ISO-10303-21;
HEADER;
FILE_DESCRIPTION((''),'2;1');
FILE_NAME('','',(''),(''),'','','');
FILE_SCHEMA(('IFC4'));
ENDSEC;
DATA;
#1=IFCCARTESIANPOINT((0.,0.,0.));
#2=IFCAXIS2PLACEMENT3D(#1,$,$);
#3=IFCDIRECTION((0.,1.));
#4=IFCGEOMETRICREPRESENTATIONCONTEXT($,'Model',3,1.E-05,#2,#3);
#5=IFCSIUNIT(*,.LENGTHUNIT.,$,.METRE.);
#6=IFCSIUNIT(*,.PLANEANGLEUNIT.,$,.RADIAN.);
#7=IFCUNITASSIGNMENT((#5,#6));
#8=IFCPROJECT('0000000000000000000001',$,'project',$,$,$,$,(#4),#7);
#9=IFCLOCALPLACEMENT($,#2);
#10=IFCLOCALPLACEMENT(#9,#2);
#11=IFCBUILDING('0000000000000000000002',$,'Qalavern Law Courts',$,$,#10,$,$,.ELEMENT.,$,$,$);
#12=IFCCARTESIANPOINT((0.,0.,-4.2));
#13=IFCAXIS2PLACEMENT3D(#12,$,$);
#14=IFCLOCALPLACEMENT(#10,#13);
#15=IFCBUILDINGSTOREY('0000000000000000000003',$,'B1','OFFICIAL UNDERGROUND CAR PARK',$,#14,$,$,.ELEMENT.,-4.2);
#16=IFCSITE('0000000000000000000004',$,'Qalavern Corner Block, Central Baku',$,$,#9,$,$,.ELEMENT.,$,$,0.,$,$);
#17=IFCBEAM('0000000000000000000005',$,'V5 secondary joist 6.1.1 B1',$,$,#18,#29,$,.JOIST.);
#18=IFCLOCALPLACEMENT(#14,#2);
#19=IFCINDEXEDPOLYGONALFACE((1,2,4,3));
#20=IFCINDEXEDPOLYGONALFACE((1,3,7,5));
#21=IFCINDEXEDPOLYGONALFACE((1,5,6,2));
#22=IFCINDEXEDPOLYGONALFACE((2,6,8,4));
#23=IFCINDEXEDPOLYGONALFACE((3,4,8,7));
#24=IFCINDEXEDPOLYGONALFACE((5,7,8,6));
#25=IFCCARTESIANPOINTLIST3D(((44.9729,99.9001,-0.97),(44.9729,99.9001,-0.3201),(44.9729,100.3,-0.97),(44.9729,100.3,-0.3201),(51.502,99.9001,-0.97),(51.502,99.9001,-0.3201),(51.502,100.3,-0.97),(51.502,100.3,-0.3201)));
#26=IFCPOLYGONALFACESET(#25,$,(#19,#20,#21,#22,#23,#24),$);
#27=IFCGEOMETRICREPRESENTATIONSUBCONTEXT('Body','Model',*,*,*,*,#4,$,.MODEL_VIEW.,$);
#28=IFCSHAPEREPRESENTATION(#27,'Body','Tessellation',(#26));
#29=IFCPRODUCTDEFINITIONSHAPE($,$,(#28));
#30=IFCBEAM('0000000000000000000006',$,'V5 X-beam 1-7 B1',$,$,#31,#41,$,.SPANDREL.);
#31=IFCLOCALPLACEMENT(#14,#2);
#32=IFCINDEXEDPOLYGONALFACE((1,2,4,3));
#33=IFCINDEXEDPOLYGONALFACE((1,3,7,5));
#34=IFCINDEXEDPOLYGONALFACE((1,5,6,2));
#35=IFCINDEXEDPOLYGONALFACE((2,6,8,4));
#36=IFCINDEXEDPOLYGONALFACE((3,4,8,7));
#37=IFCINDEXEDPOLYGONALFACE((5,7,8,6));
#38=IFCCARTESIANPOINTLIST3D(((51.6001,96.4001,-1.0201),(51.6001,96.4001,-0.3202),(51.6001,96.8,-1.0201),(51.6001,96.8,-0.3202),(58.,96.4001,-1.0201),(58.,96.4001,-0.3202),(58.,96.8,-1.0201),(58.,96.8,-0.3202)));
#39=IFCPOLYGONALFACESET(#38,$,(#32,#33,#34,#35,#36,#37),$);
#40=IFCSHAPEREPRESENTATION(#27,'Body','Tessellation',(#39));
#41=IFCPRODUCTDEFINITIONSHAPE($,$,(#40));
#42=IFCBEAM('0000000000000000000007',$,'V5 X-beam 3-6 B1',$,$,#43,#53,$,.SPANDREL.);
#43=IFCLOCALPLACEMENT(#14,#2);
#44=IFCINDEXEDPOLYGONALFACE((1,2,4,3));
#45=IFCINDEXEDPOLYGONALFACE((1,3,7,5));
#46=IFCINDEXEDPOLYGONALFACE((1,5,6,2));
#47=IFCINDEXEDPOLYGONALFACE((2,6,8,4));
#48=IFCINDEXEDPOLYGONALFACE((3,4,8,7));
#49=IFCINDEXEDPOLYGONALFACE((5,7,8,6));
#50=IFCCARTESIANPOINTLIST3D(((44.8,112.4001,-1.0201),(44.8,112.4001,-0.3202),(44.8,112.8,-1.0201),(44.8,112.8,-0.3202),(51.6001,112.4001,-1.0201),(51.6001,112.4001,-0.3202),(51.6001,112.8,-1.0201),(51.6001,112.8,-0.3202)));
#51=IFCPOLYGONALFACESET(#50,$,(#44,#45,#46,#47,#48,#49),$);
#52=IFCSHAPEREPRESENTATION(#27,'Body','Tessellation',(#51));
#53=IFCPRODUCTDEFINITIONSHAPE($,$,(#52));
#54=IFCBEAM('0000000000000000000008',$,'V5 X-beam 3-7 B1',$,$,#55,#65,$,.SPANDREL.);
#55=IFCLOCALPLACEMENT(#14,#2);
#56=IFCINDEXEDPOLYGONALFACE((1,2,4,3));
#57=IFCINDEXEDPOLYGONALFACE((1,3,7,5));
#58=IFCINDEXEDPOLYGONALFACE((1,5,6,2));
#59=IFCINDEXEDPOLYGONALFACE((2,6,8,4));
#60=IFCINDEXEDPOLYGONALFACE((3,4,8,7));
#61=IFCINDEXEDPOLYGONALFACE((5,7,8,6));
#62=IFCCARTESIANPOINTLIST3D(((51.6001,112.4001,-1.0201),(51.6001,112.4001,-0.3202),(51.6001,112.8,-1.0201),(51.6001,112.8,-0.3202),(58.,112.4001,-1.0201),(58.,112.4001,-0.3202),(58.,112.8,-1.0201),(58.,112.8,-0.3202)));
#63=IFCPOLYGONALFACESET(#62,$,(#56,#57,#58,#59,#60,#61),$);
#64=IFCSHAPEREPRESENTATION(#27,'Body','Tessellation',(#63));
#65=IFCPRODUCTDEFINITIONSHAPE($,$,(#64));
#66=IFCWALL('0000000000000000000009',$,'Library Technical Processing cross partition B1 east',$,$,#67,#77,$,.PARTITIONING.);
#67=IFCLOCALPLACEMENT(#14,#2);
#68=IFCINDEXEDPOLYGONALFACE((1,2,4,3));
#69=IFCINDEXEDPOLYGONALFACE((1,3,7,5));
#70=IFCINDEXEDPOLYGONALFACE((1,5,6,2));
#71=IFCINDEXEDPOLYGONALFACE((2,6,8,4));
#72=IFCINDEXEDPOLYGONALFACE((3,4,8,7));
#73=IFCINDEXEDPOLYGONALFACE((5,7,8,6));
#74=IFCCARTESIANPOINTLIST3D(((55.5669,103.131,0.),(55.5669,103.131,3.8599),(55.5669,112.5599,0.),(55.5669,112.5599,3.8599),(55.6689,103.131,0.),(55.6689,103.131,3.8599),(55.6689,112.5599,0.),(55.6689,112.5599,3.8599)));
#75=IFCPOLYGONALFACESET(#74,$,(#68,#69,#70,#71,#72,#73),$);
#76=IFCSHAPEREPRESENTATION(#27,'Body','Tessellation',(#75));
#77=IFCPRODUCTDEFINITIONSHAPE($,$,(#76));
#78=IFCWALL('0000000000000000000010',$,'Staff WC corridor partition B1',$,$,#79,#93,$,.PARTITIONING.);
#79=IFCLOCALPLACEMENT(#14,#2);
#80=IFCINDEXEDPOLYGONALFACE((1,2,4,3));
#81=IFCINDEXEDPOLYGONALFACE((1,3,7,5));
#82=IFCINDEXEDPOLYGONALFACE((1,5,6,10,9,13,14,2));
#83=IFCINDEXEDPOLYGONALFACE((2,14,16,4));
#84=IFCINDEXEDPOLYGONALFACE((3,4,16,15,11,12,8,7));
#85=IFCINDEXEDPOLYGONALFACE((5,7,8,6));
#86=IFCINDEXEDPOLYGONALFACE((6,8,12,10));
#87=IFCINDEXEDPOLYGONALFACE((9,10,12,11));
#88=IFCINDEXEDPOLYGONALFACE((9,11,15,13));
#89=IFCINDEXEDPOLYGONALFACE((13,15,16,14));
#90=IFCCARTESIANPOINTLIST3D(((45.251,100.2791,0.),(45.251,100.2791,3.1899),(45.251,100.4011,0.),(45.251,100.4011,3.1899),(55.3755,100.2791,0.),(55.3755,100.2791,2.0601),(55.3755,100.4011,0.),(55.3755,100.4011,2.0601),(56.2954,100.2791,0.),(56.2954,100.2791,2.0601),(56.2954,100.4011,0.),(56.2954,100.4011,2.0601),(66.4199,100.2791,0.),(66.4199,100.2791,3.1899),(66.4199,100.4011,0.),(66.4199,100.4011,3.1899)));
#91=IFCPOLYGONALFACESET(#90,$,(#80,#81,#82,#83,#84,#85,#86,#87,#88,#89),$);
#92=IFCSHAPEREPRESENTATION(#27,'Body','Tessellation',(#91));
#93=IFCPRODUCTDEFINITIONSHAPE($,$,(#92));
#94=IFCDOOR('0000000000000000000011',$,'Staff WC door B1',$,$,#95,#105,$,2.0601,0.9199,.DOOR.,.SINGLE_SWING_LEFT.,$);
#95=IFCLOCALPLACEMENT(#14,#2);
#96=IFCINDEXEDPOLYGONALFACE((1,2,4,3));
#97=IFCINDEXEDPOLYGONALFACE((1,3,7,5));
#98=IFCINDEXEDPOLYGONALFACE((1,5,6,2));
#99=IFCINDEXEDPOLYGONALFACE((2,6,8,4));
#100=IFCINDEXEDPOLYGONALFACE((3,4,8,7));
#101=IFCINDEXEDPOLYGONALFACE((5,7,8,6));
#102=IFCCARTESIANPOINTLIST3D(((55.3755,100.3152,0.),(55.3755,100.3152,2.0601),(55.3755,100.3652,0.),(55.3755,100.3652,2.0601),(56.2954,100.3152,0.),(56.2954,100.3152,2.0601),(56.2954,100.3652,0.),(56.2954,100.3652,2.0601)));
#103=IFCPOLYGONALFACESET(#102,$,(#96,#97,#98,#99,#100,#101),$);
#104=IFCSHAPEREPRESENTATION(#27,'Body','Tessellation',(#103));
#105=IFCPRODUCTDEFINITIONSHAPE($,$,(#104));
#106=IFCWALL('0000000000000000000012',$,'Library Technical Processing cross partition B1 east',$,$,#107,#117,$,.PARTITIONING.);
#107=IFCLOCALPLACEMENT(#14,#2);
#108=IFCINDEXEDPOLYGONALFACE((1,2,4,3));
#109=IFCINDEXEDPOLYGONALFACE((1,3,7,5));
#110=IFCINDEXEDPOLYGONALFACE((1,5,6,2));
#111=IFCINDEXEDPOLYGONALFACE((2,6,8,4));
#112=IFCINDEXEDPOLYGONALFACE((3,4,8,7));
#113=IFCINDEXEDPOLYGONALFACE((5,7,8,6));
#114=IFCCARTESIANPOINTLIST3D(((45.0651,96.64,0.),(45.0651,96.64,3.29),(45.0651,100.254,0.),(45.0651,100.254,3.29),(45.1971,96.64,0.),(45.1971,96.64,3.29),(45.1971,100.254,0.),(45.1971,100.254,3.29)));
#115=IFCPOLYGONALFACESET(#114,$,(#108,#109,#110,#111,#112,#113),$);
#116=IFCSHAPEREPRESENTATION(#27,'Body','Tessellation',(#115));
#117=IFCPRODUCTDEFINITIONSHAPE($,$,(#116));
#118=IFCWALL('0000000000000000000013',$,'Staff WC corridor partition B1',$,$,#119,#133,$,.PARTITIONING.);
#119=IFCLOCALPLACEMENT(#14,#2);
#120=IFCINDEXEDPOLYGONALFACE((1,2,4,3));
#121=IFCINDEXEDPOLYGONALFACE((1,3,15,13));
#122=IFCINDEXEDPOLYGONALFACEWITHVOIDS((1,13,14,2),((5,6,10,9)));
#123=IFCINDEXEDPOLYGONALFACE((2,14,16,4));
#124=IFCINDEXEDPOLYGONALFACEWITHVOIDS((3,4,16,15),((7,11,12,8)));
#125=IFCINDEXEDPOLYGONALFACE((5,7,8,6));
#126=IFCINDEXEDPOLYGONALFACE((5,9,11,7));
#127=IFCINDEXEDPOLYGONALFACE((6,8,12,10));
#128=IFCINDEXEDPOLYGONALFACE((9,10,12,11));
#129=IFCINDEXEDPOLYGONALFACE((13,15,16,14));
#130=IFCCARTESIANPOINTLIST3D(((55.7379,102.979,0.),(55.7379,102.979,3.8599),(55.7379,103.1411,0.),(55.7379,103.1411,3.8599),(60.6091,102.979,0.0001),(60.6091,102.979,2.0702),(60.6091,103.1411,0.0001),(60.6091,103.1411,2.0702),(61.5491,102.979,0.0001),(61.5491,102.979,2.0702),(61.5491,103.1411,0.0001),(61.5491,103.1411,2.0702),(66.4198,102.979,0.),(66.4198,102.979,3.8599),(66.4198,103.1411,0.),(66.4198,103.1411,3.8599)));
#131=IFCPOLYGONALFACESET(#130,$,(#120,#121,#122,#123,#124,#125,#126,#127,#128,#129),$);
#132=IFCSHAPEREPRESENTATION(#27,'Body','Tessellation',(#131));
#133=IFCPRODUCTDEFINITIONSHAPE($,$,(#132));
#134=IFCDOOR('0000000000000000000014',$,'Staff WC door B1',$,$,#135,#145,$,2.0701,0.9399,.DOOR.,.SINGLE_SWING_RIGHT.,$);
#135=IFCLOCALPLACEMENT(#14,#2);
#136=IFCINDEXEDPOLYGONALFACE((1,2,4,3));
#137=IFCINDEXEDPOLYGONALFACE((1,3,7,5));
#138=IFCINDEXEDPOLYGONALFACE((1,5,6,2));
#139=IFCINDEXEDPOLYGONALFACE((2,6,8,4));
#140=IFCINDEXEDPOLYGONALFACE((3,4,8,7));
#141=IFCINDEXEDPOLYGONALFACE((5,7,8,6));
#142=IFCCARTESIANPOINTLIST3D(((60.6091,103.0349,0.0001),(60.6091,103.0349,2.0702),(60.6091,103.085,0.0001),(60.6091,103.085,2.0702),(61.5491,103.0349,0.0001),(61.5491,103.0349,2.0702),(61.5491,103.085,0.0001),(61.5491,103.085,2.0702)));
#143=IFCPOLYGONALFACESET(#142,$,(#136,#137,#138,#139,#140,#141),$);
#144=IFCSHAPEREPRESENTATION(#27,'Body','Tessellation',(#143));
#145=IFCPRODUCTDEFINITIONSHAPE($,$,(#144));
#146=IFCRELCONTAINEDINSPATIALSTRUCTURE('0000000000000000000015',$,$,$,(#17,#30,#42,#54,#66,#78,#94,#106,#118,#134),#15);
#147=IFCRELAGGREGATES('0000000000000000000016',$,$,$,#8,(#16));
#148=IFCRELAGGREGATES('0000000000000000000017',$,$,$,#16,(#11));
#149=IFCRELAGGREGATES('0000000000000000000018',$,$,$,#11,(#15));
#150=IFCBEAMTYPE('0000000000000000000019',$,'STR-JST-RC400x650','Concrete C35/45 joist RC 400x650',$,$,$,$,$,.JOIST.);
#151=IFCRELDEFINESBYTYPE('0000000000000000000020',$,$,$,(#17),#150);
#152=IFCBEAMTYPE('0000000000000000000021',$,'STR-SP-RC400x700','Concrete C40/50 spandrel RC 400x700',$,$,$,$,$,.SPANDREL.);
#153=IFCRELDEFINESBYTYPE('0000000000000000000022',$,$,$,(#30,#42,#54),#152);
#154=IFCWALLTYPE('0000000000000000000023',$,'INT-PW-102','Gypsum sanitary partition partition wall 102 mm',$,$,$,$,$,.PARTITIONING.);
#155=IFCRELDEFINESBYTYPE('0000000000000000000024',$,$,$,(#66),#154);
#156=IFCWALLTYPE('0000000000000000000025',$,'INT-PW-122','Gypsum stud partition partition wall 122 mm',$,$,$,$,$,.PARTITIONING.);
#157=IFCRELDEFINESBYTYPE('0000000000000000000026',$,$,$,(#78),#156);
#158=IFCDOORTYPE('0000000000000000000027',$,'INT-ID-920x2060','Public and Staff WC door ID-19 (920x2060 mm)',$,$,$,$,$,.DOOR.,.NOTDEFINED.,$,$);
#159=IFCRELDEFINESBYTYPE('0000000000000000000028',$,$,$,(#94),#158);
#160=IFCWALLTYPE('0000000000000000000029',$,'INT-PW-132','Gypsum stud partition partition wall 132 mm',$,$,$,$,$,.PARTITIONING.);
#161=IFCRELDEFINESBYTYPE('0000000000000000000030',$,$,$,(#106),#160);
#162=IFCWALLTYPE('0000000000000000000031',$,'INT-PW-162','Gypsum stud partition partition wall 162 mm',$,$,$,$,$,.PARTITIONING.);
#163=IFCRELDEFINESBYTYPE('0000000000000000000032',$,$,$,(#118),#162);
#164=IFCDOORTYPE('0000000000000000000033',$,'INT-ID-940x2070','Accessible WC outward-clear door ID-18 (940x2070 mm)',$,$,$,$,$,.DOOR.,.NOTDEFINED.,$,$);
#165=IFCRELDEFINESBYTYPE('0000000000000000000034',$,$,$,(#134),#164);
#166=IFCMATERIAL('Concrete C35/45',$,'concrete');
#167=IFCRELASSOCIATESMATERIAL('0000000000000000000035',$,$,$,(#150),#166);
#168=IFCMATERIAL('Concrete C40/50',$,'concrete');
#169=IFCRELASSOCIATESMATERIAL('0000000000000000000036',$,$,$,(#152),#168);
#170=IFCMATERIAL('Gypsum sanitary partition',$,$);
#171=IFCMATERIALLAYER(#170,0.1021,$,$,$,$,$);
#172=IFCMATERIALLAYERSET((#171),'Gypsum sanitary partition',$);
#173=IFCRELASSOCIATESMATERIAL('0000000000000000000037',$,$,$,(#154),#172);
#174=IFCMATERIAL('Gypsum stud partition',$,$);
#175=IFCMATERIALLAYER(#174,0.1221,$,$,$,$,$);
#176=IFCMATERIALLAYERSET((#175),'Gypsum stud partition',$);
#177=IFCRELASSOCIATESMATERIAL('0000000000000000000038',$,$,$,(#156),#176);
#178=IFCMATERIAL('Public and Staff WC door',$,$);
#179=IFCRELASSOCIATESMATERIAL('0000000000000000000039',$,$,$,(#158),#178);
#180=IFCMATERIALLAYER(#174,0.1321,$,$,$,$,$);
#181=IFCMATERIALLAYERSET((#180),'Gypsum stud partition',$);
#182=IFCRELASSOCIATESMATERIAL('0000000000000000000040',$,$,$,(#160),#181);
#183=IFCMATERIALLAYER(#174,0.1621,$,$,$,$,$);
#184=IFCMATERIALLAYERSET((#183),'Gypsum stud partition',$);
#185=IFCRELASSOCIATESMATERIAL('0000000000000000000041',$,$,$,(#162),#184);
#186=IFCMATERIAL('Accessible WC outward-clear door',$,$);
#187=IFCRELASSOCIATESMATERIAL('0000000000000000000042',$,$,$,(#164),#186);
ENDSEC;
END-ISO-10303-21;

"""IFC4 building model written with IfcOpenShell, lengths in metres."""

from ifc_helpers import new_model, si_unit, direction, frame, frame_2d, origin, origin_2d, place, context, subcontext, project, spatial, rectangle, extrude, material, layer, layer_set, material_profile, profile_set, type_object, element, fill, save


model = new_model("IFC4")

# Units and contexts
model_context = context("Model", 3, precision=1e-05, world=origin(), true_north=direction((0.0, 1.0)))
body_context = subcontext(model_context, "Body", "Model", "MODEL_VIEW")
ifc_project = project(units=[si_unit("LENGTHUNIT", "METRE"), si_unit("PLANEANGLEUNIT", "RADIAN")], contexts=[model_context])

# Site, building, storey
site_placement = place(None, origin())
site = spatial("IfcSite", under=ifc_project, at=site_placement, Name="Qalavern Corner Block, Central Baku", CompositionType="ELEMENT", RefElevation=0.0)
building_placement = place(site_placement, origin())
building = spatial("IfcBuilding", under=site, at=building_placement, Name="Qalavern Law Courts", CompositionType="ELEMENT")
storey_placement = place(building_placement, frame((0.0, 0.0, -4.2)))
storey = spatial("IfcBuildingStorey", under=building, at=storey_placement, Name="B1", Description="OFFICIAL UNDERGROUND CAR PARK", CompositionType="ELEMENT", Elevation=-4.2)

# Beams
ifc_material_1 = material(Name="Concrete C35/45", Category="concrete")
ifc_material_profile_1 = material_profile(ifc_material_1, rectangle(XDim=0.3999, YDim=0.6499, at=origin_2d()), Name="RC 400x650")
ifc_profile_set_1 = profile_set([ifc_material_profile_1], Name="Concrete C35/45")
beam_type_1 = type_object("IfcBeamType", Name="STR-JST-RC400x650", Description="Concrete C35/45 joist RC 400x650", PredefinedType="JOIST", material=ifc_profile_set_1)
beam_1_placement = place(storey_placement, frame((44.9729, 100.1001, -0.645), z_axis=(1.0, 0.0, 0.0), x_axis=(0.0, 1.0, 0.0)))
element("IfcBeam", 1, at=beam_1_placement, inside=storey, type_object=beam_type_1, Name="V5 secondary joist 6.1.1 B1", PredefinedType="JOIST", context=body_context, shape_type="SweptSolid", body=[
    extrude(rectangle(XDim=0.3999, YDim=0.6499, at=origin_2d()), origin(), (0.0, 0.0, 1.0), 6.5291),
])
ifc_material_2 = material(Name="Concrete C40/50", Category="concrete")
ifc_material_profile_2 = material_profile(ifc_material_2, rectangle(XDim=0.3999, YDim=0.7, at=origin_2d()), Name="RC 400x700")
ifc_profile_set_2 = profile_set([ifc_material_profile_2], Name="Concrete C40/50")
beam_type_2 = type_object("IfcBeamType", Name="STR-SP-RC400x700", Description="Concrete C40/50 spandrel RC 400x700", PredefinedType="SPANDREL", material=ifc_profile_set_2)
beam_2_placement = place(storey_placement, frame((51.6001, 96.6001, -0.6702), z_axis=(1.0, 0.0, 0.0), x_axis=(0.0, 1.0, 0.0)))
element("IfcBeam", 2, at=beam_2_placement, inside=storey, type_object=beam_type_2, Name="V5 X-beam 1-7 B1", PredefinedType="SPANDREL", context=body_context, shape_type="SweptSolid", body=[
    extrude(rectangle(XDim=0.3999, YDim=0.7, at=origin_2d()), origin(), (0.0, 0.0, 1.0), 6.3999),
])
beam_3_placement = place(storey_placement, frame((44.8, 112.6001, -0.6702), z_axis=(1.0, 0.0, 0.0), x_axis=(0.0, 1.0, 0.0)))
element("IfcBeam", 3, at=beam_3_placement, inside=storey, type_object=beam_type_2, Name="V5 X-beam 3-6 B1", PredefinedType="SPANDREL", context=body_context, shape_type="SweptSolid", body=[
    extrude(rectangle(XDim=0.3999, YDim=0.7, at=origin_2d()), origin(), (0.0, 0.0, 1.0), 6.8),
])
beam_4_placement = place(storey_placement, frame((51.6001, 112.6001, -0.6702), z_axis=(1.0, 0.0, 0.0), x_axis=(0.0, 1.0, 0.0)))
element("IfcBeam", 4, at=beam_4_placement, inside=storey, type_object=beam_type_2, Name="V5 X-beam 3-7 B1", PredefinedType="SPANDREL", context=body_context, shape_type="SweptSolid", body=[
    extrude(rectangle(XDim=0.3999, YDim=0.7, at=origin_2d()), origin(), (0.0, 0.0, 1.0), 6.3999),
])

# Wall
ifc_material_3 = material(Name="Gypsum sanitary partition")
ifc_layer_1 = layer(ifc_material_3, 0.1021)
ifc_layer_set_1 = layer_set([ifc_layer_1], Name="Gypsum sanitary partition")
wall_type_1 = type_object("IfcWallType", Name="INT-PW-102", Description="Gypsum sanitary partition partition wall 102 mm", PredefinedType="PARTITIONING", material=ifc_layer_set_1)
wall_1_placement = place(storey_placement, frame((55.6179, 103.1311, 0.0), z_axis=(0.0, 0.0, 1.0), x_axis=(0.0, 1.0, 0.0)))
element("IfcWall", 5, at=wall_1_placement, inside=storey, type_object=wall_type_1, Name="Library Technical Processing cross partition B1 east", PredefinedType="PARTITIONING", context=body_context, shape_type="SweptSolid", body=[
    extrude(rectangle(XDim=9.429, YDim=0.1021, at=frame_2d((4.7144, 0.0))), origin(), (0.0, 0.0, 1.0), 3.8599),
])

# Wall, opening, door
ifc_material_4 = material(Name="Gypsum stud partition")
ifc_layer_2 = layer(ifc_material_4, 0.1221)
ifc_layer_set_2 = layer_set([ifc_layer_2], Name="Gypsum stud partition")
wall_type_2 = type_object("IfcWallType", Name="INT-PW-122", Description="Gypsum stud partition partition wall 122 mm", PredefinedType="PARTITIONING", material=ifc_layer_set_2)
wall_2_placement = place(storey_placement, frame((45.251, 100.3401, 0.0), z_axis=(0.0, 0.0, 1.0), x_axis=(1.0, 0.0, 0.0)))
wall_2 = element("IfcWall", 6, at=wall_2_placement, inside=storey, type_object=wall_type_2, Name="Staff WC corridor partition B1", PredefinedType="PARTITIONING", context=body_context, shape_type="SweptSolid", body=[
    extrude(rectangle(XDim=21.1689, YDim=0.1221, at=frame_2d((10.5845, 0.0))), origin(), (0.0, 0.0, 1.0), 3.1899),
])
opening_1_placement = place(wall_2_placement, frame((10.1245, 0.0, 0.0)))
opening_1 = element("IfcOpeningElement", 7, at=opening_1_placement, cuts=wall_2, PredefinedType="OPENING", context=body_context, shape_type="SweptSolid", body=[
    extrude(rectangle(XDim=0.9199, YDim=2.0601, at=frame_2d((0.46, 1.03))), frame((0.0, 0.0759, 0.0), z_axis=(0.0, -1.0, 0.0), x_axis=(1.0, 0.0, 0.0)), (0.0, 0.0, 1.0), 0.1519),
])
ifc_material_5 = material(Name="Public and Staff WC door")
door_type_1 = type_object("IfcDoorType", Name="INT-ID-920x2060", Description="Public and Staff WC door ID-19 (920x2060 mm)", OperationType="NOTDEFINED", PredefinedType="DOOR", material=ifc_material_5)
door_1_placement = place(opening_1_placement, frame((0.9199, 0.0, 0.0), z_axis=(0.0, 0.0, 1.0), x_axis=(-1.0, 0.0, 0.0)))
door_1 = element("IfcDoor", 8, at=door_1_placement, inside=storey, type_object=door_type_1, Name="Staff WC door B1", OperationType="SINGLE_SWING_LEFT", OverallHeight=2.0601, OverallWidth=0.9199, PredefinedType="DOOR", context=body_context, shape_type="SweptSolid", body=[
    extrude(rectangle(XDim=0.9199, YDim=2.0601, at=frame_2d((0.46, 1.03))), frame((0.0, 0.0249, 0.0), z_axis=(0.0, -1.0, 0.0), x_axis=(1.0, 0.0, 0.0)), (0.0, 0.0, 1.0), 0.05),
])
fill(opening_1, door_1)

# Wall
ifc_layer_3 = layer(ifc_material_4, 0.1321)
ifc_layer_set_3 = layer_set([ifc_layer_3], Name="Gypsum stud partition")
wall_type_3 = type_object("IfcWallType", Name="INT-PW-132", Description="Gypsum stud partition partition wall 132 mm", PredefinedType="PARTITIONING", material=ifc_layer_set_3)
wall_3_placement = place(storey_placement, frame((45.1311, 96.6399, 0.0), z_axis=(0.0, 0.0, 1.0), x_axis=(0.0, 1.0, 0.0)))
element("IfcWall", 9, at=wall_3_placement, inside=storey, type_object=wall_type_3, Name="Library Technical Processing cross partition B1 east", PredefinedType="PARTITIONING", context=body_context, shape_type="SweptSolid", body=[
    extrude(rectangle(XDim=3.614, YDim=0.1321, at=frame_2d((1.8071, 0.0))), origin(), (0.0, 0.0, 1.0), 3.29),
])

# Wall, opening, door
ifc_layer_4 = layer(ifc_material_4, 0.1621)
ifc_layer_set_4 = layer_set([ifc_layer_4], Name="Gypsum stud partition")
wall_type_4 = type_object("IfcWallType", Name="INT-PW-162", Description="Gypsum stud partition partition wall 162 mm", PredefinedType="PARTITIONING", material=ifc_layer_set_4)
wall_4_placement = place(storey_placement, frame((55.738, 103.0601, 0.0), z_axis=(0.0, 0.0, 1.0), x_axis=(1.0, 0.0, 0.0)))
wall_4 = element("IfcWall", 10, at=wall_4_placement, inside=storey, type_object=wall_type_4, Name="Staff WC corridor partition B1", PredefinedType="PARTITIONING", context=body_context, shape_type="SweptSolid", body=[
    extrude(rectangle(XDim=10.6819, YDim=0.1621, at=frame_2d((5.3408, 0.0))), origin(), (0.0, 0.0, 1.0), 3.8599),
])
opening_2_placement = place(wall_4_placement, frame((4.8711, 0.0, 0.0)))
opening_2 = element("IfcOpeningElement", 11, at=opening_2_placement, cuts=wall_4, PredefinedType="OPENING", context=body_context, shape_type="SweptSolid", body=[
    extrude(rectangle(XDim=0.9399, YDim=2.0701, at=frame_2d((0.47, 1.0352))), frame((0.0, 0.0959, 0.0), z_axis=(0.0, -1.0, 0.0), x_axis=(1.0, 0.0, 0.0)), (0.0, 0.0, 1.0), 0.1919),
])
ifc_material_6 = material(Name="Accessible WC outward-clear door")
door_type_2 = type_object("IfcDoorType", Name="INT-ID-940x2070", Description="Accessible WC outward-clear door ID-18 (940x2070 mm)", OperationType="NOTDEFINED", PredefinedType="DOOR", material=ifc_material_6)
door_2_placement = place(opening_2_placement, origin())
door_2 = element("IfcDoor", 12, at=door_2_placement, inside=storey, type_object=door_type_2, Name="Staff WC door B1", OperationType="SINGLE_SWING_RIGHT", OverallHeight=2.0701, OverallWidth=0.9399, PredefinedType="DOOR", context=body_context, shape_type="SweptSolid", body=[
    extrude(rectangle(XDim=0.9399, YDim=2.0701, at=frame_2d((0.47, 1.0352))), frame((0.0, 0.0249, 0.0), z_axis=(0.0, -1.0, 0.0), x_axis=(1.0, 0.0, 0.0)), (0.0, 0.0, 1.0), 0.05),
])
fill(opening_2, door_2)

save(model, "model.ifc")
